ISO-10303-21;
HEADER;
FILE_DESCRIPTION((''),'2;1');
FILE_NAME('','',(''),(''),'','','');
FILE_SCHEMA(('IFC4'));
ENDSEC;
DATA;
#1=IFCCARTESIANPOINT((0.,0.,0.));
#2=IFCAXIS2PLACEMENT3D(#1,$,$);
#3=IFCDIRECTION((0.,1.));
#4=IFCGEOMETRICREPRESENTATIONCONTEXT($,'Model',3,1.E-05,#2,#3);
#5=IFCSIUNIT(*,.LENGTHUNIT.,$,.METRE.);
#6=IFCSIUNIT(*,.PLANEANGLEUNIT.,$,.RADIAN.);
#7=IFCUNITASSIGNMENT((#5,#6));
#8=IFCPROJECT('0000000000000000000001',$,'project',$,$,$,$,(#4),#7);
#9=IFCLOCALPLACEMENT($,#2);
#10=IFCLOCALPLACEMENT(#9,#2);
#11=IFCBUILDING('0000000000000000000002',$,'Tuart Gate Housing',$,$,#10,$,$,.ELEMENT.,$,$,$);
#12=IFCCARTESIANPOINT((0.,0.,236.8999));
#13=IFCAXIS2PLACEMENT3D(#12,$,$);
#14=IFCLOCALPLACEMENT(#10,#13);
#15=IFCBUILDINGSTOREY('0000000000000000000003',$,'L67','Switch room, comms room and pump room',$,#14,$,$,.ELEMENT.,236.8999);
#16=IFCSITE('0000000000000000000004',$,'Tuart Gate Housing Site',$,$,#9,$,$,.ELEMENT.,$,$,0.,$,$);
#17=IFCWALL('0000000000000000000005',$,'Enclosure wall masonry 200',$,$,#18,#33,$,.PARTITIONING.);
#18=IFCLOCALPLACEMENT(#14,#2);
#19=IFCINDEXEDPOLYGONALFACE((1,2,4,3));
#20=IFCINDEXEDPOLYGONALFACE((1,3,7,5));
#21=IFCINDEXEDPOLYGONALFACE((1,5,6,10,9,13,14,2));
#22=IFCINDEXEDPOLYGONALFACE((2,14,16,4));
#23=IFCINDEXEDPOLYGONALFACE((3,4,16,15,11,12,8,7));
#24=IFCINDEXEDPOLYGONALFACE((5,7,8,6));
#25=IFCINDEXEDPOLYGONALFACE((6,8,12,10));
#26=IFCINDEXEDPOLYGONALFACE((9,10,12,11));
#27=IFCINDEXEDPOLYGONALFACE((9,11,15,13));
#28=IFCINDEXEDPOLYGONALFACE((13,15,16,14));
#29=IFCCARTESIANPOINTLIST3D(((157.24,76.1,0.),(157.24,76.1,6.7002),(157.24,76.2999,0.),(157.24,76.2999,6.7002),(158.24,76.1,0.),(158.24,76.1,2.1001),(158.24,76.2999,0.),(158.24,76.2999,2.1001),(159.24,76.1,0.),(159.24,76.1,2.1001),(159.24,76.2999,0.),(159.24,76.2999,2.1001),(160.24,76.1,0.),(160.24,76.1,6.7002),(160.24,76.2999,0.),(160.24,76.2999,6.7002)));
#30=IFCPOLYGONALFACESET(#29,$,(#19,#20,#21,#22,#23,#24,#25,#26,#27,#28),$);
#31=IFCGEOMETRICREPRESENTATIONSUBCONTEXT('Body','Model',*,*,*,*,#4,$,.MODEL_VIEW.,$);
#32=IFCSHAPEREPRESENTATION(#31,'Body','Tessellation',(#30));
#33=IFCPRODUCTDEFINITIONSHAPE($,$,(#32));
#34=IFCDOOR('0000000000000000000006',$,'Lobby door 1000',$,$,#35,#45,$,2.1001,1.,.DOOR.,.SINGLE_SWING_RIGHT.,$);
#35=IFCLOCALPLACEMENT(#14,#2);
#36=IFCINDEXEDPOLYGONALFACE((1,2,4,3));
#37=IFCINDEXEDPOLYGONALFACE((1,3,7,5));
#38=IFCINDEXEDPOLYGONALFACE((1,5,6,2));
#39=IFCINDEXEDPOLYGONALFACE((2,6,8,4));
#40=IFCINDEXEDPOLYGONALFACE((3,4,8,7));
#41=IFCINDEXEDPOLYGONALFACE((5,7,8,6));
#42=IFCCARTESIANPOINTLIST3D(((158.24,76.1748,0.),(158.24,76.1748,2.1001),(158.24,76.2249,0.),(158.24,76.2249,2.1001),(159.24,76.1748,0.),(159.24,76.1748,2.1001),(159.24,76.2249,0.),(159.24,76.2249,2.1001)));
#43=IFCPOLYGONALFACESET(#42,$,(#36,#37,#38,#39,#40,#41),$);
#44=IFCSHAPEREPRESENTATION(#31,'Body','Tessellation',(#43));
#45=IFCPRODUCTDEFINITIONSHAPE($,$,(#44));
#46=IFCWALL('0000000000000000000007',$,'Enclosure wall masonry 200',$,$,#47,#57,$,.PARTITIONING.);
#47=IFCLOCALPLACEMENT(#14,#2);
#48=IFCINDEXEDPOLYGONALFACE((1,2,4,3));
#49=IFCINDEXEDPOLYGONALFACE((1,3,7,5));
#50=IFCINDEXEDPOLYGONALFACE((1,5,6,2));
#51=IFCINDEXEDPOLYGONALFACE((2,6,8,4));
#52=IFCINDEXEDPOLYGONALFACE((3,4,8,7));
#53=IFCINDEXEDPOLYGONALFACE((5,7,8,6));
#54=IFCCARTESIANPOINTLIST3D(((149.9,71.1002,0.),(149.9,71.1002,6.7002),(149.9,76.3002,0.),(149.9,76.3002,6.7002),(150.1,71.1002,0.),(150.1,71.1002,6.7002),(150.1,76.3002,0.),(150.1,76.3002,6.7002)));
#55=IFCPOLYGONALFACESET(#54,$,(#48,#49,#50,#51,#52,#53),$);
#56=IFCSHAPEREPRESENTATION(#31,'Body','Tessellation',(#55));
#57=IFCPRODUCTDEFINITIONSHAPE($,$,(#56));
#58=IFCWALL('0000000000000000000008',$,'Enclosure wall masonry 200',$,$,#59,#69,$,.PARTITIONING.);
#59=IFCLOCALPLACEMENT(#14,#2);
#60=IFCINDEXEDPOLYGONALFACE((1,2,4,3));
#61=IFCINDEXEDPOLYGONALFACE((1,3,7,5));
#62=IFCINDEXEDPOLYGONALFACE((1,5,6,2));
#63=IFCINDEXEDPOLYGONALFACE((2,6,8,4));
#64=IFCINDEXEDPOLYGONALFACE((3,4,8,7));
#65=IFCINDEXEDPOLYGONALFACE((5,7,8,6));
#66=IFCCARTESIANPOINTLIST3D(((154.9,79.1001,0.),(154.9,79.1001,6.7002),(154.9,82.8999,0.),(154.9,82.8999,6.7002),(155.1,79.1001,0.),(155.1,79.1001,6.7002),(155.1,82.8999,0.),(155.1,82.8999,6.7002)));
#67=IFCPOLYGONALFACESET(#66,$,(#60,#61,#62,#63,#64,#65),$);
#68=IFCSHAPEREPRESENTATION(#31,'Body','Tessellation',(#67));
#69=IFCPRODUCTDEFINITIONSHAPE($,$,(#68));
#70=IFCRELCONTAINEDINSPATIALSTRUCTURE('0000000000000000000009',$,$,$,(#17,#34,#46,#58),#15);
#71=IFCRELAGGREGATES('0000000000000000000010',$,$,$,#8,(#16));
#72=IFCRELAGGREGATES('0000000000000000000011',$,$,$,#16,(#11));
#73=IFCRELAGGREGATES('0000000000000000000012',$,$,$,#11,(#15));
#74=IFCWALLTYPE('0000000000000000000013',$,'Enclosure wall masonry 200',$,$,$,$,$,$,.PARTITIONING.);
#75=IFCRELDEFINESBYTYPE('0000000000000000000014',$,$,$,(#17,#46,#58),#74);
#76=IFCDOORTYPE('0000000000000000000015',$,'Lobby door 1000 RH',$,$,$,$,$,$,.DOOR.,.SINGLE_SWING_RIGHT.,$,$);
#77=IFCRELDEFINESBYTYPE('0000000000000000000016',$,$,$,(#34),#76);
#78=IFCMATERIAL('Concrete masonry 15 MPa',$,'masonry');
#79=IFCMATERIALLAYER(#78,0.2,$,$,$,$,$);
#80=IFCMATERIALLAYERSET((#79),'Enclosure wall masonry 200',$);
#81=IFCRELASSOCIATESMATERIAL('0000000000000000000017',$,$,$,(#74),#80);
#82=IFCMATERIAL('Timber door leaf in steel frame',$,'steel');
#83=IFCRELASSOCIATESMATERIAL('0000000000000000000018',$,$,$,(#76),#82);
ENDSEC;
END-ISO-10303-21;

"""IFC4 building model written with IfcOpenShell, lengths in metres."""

from ifc_helpers import new_model, si_unit, direction, frame, frame_2d, origin, place, context, subcontext, project, spatial, rectangle, extrude, material, layer, layer_set, type_object, element, fill, save


model = new_model("IFC4")

# Units and contexts
model_context = context("Model", 3, precision=1e-05, world=origin(), true_north=direction((0.0, 1.0)))
body_context = subcontext(model_context, "Body", "Model", "MODEL_VIEW")
ifc_project = project(units=[si_unit("LENGTHUNIT", "METRE"), si_unit("PLANEANGLEUNIT", "RADIAN")], contexts=[model_context])

# Site, building, storey
site_placement = place(None, origin())
site = spatial("IfcSite", under=ifc_project, at=site_placement, Name="Tuart Gate Housing Site", CompositionType="ELEMENT", RefElevation=0.0)
building_placement = place(site_placement, origin())
building = spatial("IfcBuilding", under=site, at=building_placement, Name="Tuart Gate Housing", CompositionType="ELEMENT")
storey_placement = place(building_placement, frame((0.0, 0.0, 236.8999)))
storey = spatial("IfcBuildingStorey", under=building, at=storey_placement, Name="L67", Description="Switch room, comms room and pump room", CompositionType="ELEMENT", Elevation=236.8999)

# Wall, opening, door
ifc_material_1 = material(Name="Concrete masonry 15 MPa", Category="masonry")
ifc_layer_1 = layer(ifc_material_1, 0.2)
ifc_layer_set_1 = layer_set([ifc_layer_1], Name="Enclosure wall masonry 200")
wall_type_1 = type_object("IfcWallType", Name="Enclosure wall masonry 200", PredefinedType="PARTITIONING", material=ifc_layer_set_1)
wall_1_placement = place(storey_placement, frame((157.24, 76.2, 0.0), z_axis=(0.0, 0.0, 1.0), x_axis=(1.0, 0.0, 0.0)))
wall_1 = element("IfcWall", 1, at=wall_1_placement, inside=storey, type_object=wall_type_1, Name="Enclosure wall masonry 200", PredefinedType="PARTITIONING", context=body_context, shape_type="SweptSolid", body=[
    extrude(rectangle(XDim=3.0, YDim=0.2, at=frame_2d((1.5, 0.0))), origin(), (0.0, 0.0, 1.0), 6.7002),
])
opening_1_placement = place(wall_1_placement, frame((1.0, 0.0, 0.0)))
opening_1 = element("IfcOpeningElement", 2, at=opening_1_placement, cuts=wall_1, PredefinedType="OPENING", context=body_context, shape_type="SweptSolid", body=[
    extrude(rectangle(XDim=1.0, YDim=2.1001, at=frame_2d((0.5, 1.05))), frame((0.0, 0.1099, 0.0), z_axis=(0.0, -1.0, 0.0), x_axis=(1.0, 0.0, 0.0)), (0.0, 0.0, 1.0), 0.22),
])
ifc_material_2 = material(Name="Timber door leaf in steel frame", Category="steel")
door_type_1 = type_object("IfcDoorType", Name="Lobby door 1000 RH", OperationType="SINGLE_SWING_RIGHT", PredefinedType="DOOR", material=ifc_material_2)
door_1_placement = place(opening_1_placement, frame((1.0, 0.0, 0.0), z_axis=(0.0, 0.0, 1.0), x_axis=(-1.0, 0.0, 0.0)))
door_1 = element("IfcDoor", 3, at=door_1_placement, inside=storey, type_object=door_type_1, Name="Lobby door 1000", OperationType="SINGLE_SWING_RIGHT", OverallHeight=2.1001, OverallWidth=1.0, PredefinedType="DOOR", context=body_context, shape_type="SweptSolid", body=[
    extrude(rectangle(XDim=1.0, YDim=2.1001, at=frame_2d((0.5, 1.05))), frame((0.0, 0.0251, 0.0), z_axis=(0.0, -1.0, 0.0), x_axis=(1.0, 0.0, 0.0)), (0.0, 0.0, 1.0), 0.05),
])
fill(opening_1, door_1)

# Walls
wall_2_placement = place(storey_placement, frame((150.0, 71.1001, 0.0), z_axis=(0.0, 0.0, 1.0), x_axis=(0.0, 1.0, 0.0)))
element("IfcWall", 4, at=wall_2_placement, inside=storey, type_object=wall_type_1, Name="Enclosure wall masonry 200", PredefinedType="PARTITIONING", context=body_context, shape_type="SweptSolid", body=[
    extrude(rectangle(XDim=5.2, YDim=0.2, at=frame_2d((2.6001, 0.0))), origin(), (0.0, 0.0, 1.0), 6.7002),
])
wall_3_placement = place(storey_placement, frame((155.0, 79.1001, 0.0), z_axis=(0.0, 0.0, 1.0), x_axis=(0.0, 1.0, 0.0)))
element("IfcWall", 5, at=wall_3_placement, inside=storey, type_object=wall_type_1, Name="Enclosure wall masonry 200", PredefinedType="PARTITIONING", context=body_context, shape_type="SweptSolid", body=[
    extrude(rectangle(XDim=3.7998, YDim=0.2, at=frame_2d((1.8999, 0.0))), origin(), (0.0, 0.0, 1.0), 6.7002),
])

save(model, "model.ifc")
